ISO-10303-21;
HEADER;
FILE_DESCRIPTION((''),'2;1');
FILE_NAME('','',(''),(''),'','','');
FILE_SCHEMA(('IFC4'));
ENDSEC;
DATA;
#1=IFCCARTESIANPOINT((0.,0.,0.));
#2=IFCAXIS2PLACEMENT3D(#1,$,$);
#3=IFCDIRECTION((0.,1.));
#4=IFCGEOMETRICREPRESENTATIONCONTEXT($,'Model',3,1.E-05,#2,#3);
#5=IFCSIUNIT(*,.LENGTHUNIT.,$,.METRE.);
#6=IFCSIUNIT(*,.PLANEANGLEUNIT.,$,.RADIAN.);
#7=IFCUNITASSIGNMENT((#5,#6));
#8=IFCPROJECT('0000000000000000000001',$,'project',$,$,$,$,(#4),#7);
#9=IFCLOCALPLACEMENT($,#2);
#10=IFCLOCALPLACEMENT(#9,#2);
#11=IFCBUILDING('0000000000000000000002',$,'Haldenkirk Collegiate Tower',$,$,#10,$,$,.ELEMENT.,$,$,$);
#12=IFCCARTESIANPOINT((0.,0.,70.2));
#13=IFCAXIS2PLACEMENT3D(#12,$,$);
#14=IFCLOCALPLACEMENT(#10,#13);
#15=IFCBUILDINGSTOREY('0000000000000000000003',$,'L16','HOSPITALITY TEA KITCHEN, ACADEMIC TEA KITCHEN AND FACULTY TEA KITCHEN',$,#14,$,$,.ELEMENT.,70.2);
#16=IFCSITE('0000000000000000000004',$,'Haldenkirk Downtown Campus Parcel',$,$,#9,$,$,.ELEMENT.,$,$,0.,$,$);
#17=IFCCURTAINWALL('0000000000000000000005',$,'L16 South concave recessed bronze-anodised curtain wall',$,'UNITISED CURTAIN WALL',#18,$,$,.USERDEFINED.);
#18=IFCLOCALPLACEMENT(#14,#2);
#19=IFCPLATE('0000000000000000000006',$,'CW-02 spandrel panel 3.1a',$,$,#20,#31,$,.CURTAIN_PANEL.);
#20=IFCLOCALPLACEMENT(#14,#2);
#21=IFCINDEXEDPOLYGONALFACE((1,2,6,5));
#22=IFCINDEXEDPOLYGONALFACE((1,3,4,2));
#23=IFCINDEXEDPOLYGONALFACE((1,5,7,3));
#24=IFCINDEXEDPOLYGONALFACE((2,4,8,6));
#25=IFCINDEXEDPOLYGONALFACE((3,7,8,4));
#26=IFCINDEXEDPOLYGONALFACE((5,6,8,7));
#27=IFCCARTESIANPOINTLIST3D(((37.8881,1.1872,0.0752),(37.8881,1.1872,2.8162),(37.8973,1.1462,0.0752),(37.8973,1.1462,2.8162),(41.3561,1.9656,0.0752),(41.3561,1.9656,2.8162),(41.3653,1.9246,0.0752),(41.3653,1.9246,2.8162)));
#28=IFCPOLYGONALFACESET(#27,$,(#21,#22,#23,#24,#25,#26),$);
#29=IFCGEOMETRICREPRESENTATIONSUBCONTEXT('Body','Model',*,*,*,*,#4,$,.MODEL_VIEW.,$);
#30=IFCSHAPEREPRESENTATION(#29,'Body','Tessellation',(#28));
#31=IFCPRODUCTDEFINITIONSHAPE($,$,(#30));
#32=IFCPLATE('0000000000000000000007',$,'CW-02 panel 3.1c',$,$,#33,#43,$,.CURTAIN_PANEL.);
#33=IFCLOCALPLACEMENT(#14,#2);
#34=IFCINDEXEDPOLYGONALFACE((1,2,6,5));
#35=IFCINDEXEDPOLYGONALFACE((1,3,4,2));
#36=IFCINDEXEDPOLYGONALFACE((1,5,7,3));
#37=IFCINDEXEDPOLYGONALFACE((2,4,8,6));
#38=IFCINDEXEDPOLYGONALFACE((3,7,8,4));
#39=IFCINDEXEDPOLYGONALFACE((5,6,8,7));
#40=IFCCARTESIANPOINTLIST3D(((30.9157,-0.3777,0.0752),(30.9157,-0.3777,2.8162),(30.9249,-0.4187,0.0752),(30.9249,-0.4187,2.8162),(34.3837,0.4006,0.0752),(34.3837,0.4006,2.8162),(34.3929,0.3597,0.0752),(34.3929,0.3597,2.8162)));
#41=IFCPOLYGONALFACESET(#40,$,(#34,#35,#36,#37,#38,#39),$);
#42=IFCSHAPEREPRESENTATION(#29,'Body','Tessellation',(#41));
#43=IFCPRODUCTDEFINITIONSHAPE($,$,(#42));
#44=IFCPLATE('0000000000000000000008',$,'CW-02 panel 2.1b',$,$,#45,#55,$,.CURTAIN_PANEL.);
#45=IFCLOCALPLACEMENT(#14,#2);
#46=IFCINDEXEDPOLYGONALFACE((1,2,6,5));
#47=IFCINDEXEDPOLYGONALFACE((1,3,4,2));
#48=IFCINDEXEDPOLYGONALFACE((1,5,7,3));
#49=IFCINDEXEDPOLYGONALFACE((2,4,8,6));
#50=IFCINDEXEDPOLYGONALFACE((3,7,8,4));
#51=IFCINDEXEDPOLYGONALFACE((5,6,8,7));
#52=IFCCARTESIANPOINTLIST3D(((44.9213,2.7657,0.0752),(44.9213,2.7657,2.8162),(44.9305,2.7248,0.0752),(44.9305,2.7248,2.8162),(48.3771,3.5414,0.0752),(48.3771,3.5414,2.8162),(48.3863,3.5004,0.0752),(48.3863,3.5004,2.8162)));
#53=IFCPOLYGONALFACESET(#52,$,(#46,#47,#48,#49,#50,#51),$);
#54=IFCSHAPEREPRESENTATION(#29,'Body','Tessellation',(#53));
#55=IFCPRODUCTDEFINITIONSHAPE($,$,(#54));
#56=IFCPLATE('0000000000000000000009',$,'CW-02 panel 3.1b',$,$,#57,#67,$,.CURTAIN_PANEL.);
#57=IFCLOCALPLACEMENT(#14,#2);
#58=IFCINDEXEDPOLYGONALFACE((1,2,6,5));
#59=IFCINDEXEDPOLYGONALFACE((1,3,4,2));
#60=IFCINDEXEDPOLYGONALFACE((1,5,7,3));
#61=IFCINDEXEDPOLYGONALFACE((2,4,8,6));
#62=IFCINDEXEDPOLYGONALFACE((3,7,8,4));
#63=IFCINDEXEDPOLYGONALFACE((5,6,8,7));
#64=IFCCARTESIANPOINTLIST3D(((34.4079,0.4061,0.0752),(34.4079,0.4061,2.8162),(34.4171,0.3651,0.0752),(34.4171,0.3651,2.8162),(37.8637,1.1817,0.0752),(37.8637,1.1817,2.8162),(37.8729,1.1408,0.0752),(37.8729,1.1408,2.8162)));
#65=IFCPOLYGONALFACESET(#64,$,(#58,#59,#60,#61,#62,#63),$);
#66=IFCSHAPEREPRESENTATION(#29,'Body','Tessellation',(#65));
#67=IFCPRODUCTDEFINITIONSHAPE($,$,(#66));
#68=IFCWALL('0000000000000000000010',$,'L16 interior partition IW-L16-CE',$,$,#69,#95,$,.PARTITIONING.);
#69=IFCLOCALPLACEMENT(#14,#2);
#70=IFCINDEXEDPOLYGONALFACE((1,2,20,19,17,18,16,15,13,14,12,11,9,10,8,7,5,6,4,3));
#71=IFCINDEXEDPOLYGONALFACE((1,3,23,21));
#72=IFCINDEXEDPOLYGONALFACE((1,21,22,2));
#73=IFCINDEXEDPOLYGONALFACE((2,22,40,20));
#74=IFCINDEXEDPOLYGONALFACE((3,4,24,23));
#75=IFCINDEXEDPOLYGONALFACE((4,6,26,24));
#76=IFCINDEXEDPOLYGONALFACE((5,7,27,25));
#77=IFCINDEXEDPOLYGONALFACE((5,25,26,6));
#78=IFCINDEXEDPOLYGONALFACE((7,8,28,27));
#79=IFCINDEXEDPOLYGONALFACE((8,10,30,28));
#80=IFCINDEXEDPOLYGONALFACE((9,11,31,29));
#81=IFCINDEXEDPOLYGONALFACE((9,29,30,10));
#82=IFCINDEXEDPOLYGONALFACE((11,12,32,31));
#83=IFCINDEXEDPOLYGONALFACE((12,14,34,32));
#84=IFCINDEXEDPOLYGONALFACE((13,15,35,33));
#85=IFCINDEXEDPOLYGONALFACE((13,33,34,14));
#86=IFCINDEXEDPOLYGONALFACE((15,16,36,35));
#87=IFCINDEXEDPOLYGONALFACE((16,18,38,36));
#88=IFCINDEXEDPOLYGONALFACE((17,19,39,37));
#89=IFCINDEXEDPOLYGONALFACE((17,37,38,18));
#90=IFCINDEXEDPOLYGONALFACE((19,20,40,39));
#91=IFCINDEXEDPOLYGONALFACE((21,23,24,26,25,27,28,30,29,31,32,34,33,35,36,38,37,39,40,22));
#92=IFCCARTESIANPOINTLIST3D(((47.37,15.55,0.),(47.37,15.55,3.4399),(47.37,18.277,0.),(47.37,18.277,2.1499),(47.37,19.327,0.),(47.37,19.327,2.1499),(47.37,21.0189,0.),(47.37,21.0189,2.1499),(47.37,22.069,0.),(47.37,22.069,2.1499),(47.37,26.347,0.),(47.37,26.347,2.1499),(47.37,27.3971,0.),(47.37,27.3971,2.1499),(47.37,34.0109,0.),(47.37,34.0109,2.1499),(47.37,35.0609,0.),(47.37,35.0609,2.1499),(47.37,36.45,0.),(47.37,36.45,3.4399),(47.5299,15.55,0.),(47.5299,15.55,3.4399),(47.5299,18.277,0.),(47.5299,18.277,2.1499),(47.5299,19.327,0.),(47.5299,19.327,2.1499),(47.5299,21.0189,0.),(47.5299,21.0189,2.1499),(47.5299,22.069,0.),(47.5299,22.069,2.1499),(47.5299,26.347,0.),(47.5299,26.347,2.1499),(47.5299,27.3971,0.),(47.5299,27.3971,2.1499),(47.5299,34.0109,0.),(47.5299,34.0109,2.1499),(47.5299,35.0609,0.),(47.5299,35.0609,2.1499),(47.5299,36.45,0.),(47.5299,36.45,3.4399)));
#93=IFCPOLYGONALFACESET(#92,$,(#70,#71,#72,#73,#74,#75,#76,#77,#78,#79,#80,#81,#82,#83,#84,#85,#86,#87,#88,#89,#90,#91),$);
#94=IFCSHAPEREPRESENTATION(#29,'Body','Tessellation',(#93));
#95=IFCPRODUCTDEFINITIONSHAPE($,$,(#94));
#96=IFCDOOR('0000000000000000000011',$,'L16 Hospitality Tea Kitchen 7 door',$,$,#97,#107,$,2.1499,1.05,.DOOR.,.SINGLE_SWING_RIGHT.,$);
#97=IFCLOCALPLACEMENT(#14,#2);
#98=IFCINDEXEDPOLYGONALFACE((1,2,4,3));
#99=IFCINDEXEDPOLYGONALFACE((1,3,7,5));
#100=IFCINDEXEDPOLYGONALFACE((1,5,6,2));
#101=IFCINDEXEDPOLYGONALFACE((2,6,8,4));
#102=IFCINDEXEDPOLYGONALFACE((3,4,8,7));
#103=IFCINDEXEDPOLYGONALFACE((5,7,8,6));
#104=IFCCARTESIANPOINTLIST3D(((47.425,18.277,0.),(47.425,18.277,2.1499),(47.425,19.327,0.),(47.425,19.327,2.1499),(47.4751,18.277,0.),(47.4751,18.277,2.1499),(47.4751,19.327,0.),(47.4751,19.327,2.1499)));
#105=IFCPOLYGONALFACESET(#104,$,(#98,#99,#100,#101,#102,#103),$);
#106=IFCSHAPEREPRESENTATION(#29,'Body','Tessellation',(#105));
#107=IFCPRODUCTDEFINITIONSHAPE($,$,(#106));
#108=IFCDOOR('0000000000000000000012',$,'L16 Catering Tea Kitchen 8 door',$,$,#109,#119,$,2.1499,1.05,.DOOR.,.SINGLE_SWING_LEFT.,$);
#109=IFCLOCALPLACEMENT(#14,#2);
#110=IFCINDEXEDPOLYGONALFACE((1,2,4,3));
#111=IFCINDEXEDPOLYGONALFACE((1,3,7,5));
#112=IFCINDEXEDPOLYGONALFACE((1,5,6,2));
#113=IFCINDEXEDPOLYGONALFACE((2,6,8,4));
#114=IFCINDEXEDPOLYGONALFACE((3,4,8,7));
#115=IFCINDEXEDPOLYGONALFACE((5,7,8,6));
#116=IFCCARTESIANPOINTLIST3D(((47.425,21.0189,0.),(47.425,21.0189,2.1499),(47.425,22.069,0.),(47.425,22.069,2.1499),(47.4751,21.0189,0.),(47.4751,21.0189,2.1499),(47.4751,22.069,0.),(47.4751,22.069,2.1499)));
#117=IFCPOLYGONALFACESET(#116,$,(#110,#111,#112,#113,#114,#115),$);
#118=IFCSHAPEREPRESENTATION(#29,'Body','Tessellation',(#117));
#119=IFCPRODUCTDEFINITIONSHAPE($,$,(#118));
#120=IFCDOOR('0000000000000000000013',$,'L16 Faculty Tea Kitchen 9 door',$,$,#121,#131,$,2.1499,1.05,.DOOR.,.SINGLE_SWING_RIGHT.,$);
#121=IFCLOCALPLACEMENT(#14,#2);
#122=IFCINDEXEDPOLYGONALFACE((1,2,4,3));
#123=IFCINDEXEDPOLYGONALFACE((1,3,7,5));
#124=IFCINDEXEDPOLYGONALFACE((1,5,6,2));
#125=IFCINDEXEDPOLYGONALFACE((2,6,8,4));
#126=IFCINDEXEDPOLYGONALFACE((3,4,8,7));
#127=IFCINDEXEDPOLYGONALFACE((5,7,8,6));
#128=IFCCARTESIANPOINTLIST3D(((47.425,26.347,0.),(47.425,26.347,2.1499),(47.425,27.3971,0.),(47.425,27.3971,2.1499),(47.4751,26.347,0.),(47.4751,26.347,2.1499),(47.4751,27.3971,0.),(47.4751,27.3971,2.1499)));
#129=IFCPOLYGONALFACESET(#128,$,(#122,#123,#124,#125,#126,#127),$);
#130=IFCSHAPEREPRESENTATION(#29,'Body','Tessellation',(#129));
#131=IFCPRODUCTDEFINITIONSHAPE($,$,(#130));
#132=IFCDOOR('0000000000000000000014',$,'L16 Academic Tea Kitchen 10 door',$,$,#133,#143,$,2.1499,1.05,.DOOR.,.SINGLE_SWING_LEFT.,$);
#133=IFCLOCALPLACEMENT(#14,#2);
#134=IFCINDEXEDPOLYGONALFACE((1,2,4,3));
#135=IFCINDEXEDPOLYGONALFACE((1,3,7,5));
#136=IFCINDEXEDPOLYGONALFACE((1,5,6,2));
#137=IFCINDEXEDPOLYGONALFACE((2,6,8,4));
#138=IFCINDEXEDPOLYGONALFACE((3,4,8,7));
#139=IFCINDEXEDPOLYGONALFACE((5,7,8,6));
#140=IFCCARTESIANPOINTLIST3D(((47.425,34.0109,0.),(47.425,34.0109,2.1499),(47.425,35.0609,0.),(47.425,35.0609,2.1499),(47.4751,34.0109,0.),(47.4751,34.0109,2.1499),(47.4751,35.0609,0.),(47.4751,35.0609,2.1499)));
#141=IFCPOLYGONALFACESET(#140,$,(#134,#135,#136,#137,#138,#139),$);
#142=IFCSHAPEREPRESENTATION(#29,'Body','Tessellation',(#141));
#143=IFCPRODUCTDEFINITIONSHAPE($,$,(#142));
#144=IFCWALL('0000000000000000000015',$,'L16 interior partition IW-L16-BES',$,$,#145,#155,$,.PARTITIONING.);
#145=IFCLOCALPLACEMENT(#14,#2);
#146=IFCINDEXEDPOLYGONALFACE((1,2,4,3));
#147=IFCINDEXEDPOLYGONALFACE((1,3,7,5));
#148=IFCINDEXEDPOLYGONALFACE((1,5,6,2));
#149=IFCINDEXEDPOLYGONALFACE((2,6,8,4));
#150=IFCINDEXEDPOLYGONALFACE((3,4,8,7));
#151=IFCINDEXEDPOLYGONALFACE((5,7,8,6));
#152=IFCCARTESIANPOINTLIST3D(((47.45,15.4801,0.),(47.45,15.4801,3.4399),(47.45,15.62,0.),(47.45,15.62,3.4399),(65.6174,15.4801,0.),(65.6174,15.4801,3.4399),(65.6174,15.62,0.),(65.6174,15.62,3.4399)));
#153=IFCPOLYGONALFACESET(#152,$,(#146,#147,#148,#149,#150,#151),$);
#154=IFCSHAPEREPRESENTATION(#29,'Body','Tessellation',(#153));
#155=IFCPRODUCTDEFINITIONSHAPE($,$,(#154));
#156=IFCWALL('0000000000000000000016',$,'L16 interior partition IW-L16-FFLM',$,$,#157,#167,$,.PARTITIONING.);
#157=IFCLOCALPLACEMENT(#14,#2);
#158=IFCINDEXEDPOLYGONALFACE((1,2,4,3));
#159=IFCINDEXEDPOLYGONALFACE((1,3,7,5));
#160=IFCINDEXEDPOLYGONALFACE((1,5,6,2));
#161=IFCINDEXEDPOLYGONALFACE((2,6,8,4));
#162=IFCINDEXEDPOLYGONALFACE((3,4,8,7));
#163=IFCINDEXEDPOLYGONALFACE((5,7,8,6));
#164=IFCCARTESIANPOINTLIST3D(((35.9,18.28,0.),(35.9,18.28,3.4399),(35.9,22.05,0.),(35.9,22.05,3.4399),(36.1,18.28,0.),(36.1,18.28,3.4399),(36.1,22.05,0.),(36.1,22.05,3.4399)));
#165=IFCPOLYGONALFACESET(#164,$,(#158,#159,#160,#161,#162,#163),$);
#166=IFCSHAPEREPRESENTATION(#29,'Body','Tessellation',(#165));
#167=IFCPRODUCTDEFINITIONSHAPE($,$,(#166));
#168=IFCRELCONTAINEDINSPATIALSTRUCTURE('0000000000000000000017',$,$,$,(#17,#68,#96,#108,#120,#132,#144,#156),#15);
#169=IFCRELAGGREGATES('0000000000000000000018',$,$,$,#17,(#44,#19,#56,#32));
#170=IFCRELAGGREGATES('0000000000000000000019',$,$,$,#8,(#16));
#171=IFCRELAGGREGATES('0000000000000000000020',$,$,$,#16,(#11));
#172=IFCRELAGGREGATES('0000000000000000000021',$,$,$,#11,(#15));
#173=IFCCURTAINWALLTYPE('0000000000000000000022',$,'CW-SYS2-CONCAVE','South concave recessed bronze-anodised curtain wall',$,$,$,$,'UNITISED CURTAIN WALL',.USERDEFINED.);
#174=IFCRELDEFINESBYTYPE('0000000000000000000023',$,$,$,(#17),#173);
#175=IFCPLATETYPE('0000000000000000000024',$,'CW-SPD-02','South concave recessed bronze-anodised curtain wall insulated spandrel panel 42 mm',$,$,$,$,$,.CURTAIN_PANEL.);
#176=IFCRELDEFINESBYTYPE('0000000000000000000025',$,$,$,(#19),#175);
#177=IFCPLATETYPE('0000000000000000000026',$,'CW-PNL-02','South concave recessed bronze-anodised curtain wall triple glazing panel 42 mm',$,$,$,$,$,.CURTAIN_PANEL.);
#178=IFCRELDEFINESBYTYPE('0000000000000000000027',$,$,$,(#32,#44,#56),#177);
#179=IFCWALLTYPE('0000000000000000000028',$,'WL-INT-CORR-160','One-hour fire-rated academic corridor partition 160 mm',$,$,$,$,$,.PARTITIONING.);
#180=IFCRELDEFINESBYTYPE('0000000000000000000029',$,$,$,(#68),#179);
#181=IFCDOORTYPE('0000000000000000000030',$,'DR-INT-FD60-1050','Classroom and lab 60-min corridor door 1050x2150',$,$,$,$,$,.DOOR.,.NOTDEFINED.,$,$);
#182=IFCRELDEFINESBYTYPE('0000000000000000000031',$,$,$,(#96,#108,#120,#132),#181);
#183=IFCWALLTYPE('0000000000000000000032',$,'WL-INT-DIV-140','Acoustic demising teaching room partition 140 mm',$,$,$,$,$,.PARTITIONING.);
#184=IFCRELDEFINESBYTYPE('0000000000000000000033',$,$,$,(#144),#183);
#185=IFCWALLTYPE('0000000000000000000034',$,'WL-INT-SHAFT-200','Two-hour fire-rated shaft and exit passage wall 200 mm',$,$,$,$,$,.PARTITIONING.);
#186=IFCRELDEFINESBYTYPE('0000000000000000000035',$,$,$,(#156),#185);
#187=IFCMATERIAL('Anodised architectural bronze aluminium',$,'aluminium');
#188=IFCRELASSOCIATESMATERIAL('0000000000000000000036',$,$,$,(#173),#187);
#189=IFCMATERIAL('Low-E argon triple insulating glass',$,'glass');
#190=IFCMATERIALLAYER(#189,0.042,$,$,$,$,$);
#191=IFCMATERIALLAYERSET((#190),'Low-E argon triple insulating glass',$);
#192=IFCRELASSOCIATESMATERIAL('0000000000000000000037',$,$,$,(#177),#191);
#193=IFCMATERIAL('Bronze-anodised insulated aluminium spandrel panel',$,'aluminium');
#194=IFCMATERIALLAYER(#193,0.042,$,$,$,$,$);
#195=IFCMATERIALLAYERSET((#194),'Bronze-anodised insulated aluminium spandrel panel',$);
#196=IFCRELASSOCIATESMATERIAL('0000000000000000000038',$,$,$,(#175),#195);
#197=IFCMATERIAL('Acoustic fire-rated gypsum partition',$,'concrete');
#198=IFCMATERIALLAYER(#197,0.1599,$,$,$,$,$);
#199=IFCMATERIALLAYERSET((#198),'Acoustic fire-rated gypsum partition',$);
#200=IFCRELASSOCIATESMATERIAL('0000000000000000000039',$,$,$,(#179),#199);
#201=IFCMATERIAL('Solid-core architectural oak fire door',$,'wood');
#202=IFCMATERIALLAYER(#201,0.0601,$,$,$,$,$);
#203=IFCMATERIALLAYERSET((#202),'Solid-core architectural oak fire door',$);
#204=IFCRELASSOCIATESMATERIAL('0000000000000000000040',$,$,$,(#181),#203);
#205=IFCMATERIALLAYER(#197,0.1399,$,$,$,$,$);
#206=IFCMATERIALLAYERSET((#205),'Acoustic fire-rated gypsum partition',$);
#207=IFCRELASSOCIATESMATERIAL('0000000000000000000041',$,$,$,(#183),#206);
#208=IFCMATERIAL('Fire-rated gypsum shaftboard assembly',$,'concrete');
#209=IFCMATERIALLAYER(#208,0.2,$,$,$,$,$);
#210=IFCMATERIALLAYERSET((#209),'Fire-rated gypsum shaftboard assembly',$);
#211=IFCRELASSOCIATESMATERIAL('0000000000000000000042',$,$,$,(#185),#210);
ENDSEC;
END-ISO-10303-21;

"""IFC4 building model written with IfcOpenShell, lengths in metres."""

from ifc_helpers import new_model, si_unit, direction, frame, frame_2d, origin, origin_2d, place, context, subcontext, project, spatial, rectangle, extrude, source, transform, mapped, material, layer, layer_set, type_object, element, fill, aggregate, save


model = new_model("IFC4")

# Units and contexts
model_context = context("Model", 3, precision=1e-05, world=origin(), true_north=direction((0.0, 1.0)))
body_context = subcontext(model_context, "Body", "Model", "MODEL_VIEW")
ifc_project = project(units=[si_unit("LENGTHUNIT", "METRE"), si_unit("PLANEANGLEUNIT", "RADIAN")], contexts=[model_context])

# Site, building, storey
site_placement = place(None, origin())
site = spatial("IfcSite", under=ifc_project, at=site_placement, Name="Haldenkirk Downtown Campus Parcel", CompositionType="ELEMENT", RefElevation=0.0)
building_placement = place(site_placement, origin())
building = spatial("IfcBuilding", under=site, at=building_placement, Name="Haldenkirk Collegiate Tower", CompositionType="ELEMENT")
storey_placement = place(building_placement, frame((0.0, 0.0, 70.2)))
storey = spatial("IfcBuildingStorey", under=building, at=storey_placement, Name="L16", Description="HOSPITALITY TEA KITCHEN, ACADEMIC TEA KITCHEN AND FACULTY TEA KITCHEN", CompositionType="ELEMENT", Elevation=70.2)

# Curtain wall
ifc_material_1 = material(Name="Anodised architectural bronze aluminium", Category="aluminium")
curtain_wall_type = type_object("IfcCurtainWallType", Name="CW-SYS2-CONCAVE", Description="South concave recessed bronze-anodised curtain wall", ElementType="UNITISED CURTAIN WALL", PredefinedType="USERDEFINED", material=ifc_material_1)
curtain_wall_placement = place(storey_placement, origin())
curtain_wall = element("IfcCurtainWall", 1, at=curtain_wall_placement, inside=storey, type_object=curtain_wall_type, Name="L16 South concave recessed bronze-anodised curtain wall", ObjectType="UNITISED CURTAIN WALL", PredefinedType="USERDEFINED")

# Plates
ifc_material_2 = material(Name="Low-E argon triple insulating glass", Category="glass")
ifc_layer_1 = layer(ifc_material_2, 0.042)
ifc_layer_set_1 = layer_set([ifc_layer_1], Name="Low-E argon triple insulating glass")
plate_type_1 = type_object("IfcPlateType", Name="CW-PNL-02", Description="South concave recessed bronze-anodised curtain wall triple glazing panel 42 mm", PredefinedType="CURTAIN_PANEL", material=ifc_layer_set_1)
shared_shape_1 = source(origin(), body_context, "Body", "SweptSolid", [
    extrude(rectangle(XDim=3.5542, YDim=0.042, at=origin_2d()), origin(), (0.0, 0.0, 1.0), 2.741),
])
ifc_material_3 = material(Name="Bronze-anodised insulated aluminium spandrel panel", Category="aluminium")
ifc_layer_2 = layer(ifc_material_3, 0.042)
ifc_layer_set_2 = layer_set([ifc_layer_2], Name="Bronze-anodised insulated aluminium spandrel panel")
plate_type_2 = type_object("IfcPlateType", Name="CW-SPD-02", Description="South concave recessed bronze-anodised curtain wall insulated spandrel panel 42 mm", PredefinedType="CURTAIN_PANEL", material=ifc_layer_set_2)
plate_1_placement = place(storey_placement, frame((39.6267, 1.5559, 0.0752), z_axis=(0.0, 0.0, 1.0), x_axis=(-0.975726, -0.218994, 0.0)))
plate_1 = element("IfcPlate", 2, at=plate_1_placement, type_object=plate_type_2, Name="CW-02 spandrel panel 3.1a", PredefinedType="CURTAIN_PANEL", context=body_context, shape_type="MappedRepresentation", body=[
    mapped(shared_shape_1, transform((0.0, 0.0, 0.0), x_axis=(1.0, 0.0, 0.0), y_axis=(0.0, 1.0, 0.0), z_axis=(0.0, 0.0, 1.0), scale=1.0)),
])
plate_2_placement = place(storey_placement, frame((32.6543, -0.009, 0.0752), z_axis=(0.0, 0.0, 1.0), x_axis=(-0.975726, -0.218994, 0.0)))
plate_2 = element("IfcPlate", 3, at=plate_2_placement, type_object=plate_type_1, Name="CW-02 panel 3.1c", PredefinedType="CURTAIN_PANEL", context=body_context, shape_type="MappedRepresentation", body=[
    mapped(shared_shape_1, transform((0.0, 0.0, 0.0), x_axis=(1.0, 0.0, 0.0), y_axis=(0.0, 1.0, 0.0), z_axis=(0.0, 0.0, 1.0), scale=1.0)),
])
shared_shape_2 = source(origin(), body_context, "Body", "SweptSolid", [
    extrude(rectangle(XDim=3.5417, YDim=0.042, at=origin_2d()), origin(), (0.0, 0.0, 1.0), 2.741),
])
plate_3_placement = place(storey_placement, frame((46.6538, 3.1331, 0.0752), z_axis=(0.0, 0.0, 1.0), x_axis=(-0.975726, -0.218994, 0.0)))
plate_3 = element("IfcPlate", 4, at=plate_3_placement, type_object=plate_type_1, Name="CW-02 panel 2.1b", PredefinedType="CURTAIN_PANEL", context=body_context, shape_type="MappedRepresentation", body=[
    mapped(shared_shape_2, transform((0.0, 0.0, 0.0), x_axis=(1.0, 0.0, 0.0), y_axis=(0.0, 1.0, 0.0), z_axis=(0.0, 0.0, 1.0), scale=1.0)),
])
plate_4_placement = place(storey_placement, frame((36.1404, 0.7734, 0.0752), z_axis=(0.0, 0.0, 1.0), x_axis=(-0.975726, -0.218994, 0.0)))
plate_4 = element("IfcPlate", 5, at=plate_4_placement, type_object=plate_type_1, Name="CW-02 panel 3.1b", PredefinedType="CURTAIN_PANEL", context=body_context, shape_type="MappedRepresentation", body=[
    mapped(shared_shape_2, transform((0.0, 0.0, 0.0), x_axis=(1.0, 0.0, 0.0), y_axis=(0.0, 1.0, 0.0), z_axis=(0.0, 0.0, 1.0), scale=1.0)),
])
aggregate(curtain_wall, [plate_3, plate_1, plate_4, plate_2])

# Wall, openings, doors
ifc_material_4 = material(Name="Acoustic fire-rated gypsum partition", Category="concrete")
ifc_layer_3 = layer(ifc_material_4, 0.1599)
ifc_layer_set_3 = layer_set([ifc_layer_3], Name="Acoustic fire-rated gypsum partition")
wall_type_1 = type_object("IfcWallType", Name="WL-INT-CORR-160", Description="One-hour fire-rated academic corridor partition 160 mm", PredefinedType="PARTITIONING", material=ifc_layer_set_3)
wall_1_placement = place(storey_placement, frame((47.45, 15.55, 0.0), z_axis=(0.0, 0.0, 1.0), x_axis=(0.0, 1.0, 0.0)))
wall_1 = element("IfcWall", 6, at=wall_1_placement, inside=storey, type_object=wall_type_1, Name="L16 interior partition IW-L16-CE", PredefinedType="PARTITIONING", context=body_context, shape_type="SweptSolid", body=[
    extrude(rectangle(XDim=20.8999, YDim=0.1599, at=frame_2d((10.45, 0.0))), origin(), (0.0, 0.0, 1.0), 3.4399),
])
opening_1_placement = place(wall_1_placement, frame((2.7271, 0.0, 0.0)))
opening_1 = element("IfcOpeningElement", 7, at=opening_1_placement, cuts=wall_1, PredefinedType="OPENING", context=body_context, shape_type="SweptSolid", body=[
    extrude(rectangle(XDim=1.05, YDim=2.1499, at=frame_2d((0.5249, 1.075))), frame((0.0, 0.0898, 0.0), z_axis=(0.0, -1.0, 0.0), x_axis=(1.0, 0.0, 0.0)), (0.0, 0.0, 1.0), 0.1799),
])
opening_2_placement = place(wall_1_placement, frame((5.469, 0.0, 0.0)))
opening_2 = element("IfcOpeningElement", 8, at=opening_2_placement, cuts=wall_1, PredefinedType="OPENING", context=body_context, shape_type="SweptSolid", body=[
    extrude(rectangle(XDim=1.05, YDim=2.1499, at=frame_2d((0.5249, 1.075))), frame((0.0, 0.0898, 0.0), z_axis=(0.0, -1.0, 0.0), x_axis=(1.0, 0.0, 0.0)), (0.0, 0.0, 1.0), 0.1799),
])
opening_3_placement = place(wall_1_placement, frame((10.7971, 0.0, 0.0)))
opening_3 = element("IfcOpeningElement", 9, at=opening_3_placement, cuts=wall_1, PredefinedType="OPENING", context=body_context, shape_type="SweptSolid", body=[
    extrude(rectangle(XDim=1.05, YDim=2.1499, at=frame_2d((0.5249, 1.075))), frame((0.0, 0.0898, 0.0), z_axis=(0.0, -1.0, 0.0), x_axis=(1.0, 0.0, 0.0)), (0.0, 0.0, 1.0), 0.1799),
])
opening_4_placement = place(wall_1_placement, frame((18.4609, 0.0, 0.0)))
opening_4 = element("IfcOpeningElement", 10, at=opening_4_placement, cuts=wall_1, PredefinedType="OPENING", context=body_context, shape_type="SweptSolid", body=[
    extrude(rectangle(XDim=1.05, YDim=2.1499, at=frame_2d((0.5249, 1.075))), frame((0.0, 0.0898, 0.0), z_axis=(0.0, -1.0, 0.0), x_axis=(1.0, 0.0, 0.0)), (0.0, 0.0, 1.0), 0.1799),
])
ifc_material_5 = material(Name="Solid-core architectural oak fire door", Category="wood")
ifc_layer_4 = layer(ifc_material_5, 0.0601)
ifc_layer_set_4 = layer_set([ifc_layer_4], Name="Solid-core architectural oak fire door")
door_type_1 = type_object("IfcDoorType", Name="DR-INT-FD60-1050", Description="Classroom and lab 60-min corridor door 1050x2150", OperationType="NOTDEFINED", PredefinedType="DOOR", material=ifc_layer_set_4)
door_1_placement = place(opening_1_placement, origin())
door_1 = element("IfcDoor", 11, at=door_1_placement, inside=storey, type_object=door_type_1, Name="L16 Hospitality Tea Kitchen 7 door", OperationType="SINGLE_SWING_RIGHT", OverallHeight=2.1499, OverallWidth=1.05, PredefinedType="DOOR", context=body_context, shape_type="SweptSolid", body=[
    extrude(rectangle(XDim=1.05, YDim=2.1499, at=frame_2d((0.5249, 1.075))), frame((0.0, 0.0249, 0.0), z_axis=(0.0, -1.0, 0.0), x_axis=(1.0, 0.0, 0.0)), (0.0, 0.0, 1.0), 0.05),
])
fill(opening_1, door_1)
door_2_placement = place(opening_2_placement, origin())
door_2 = element("IfcDoor", 12, at=door_2_placement, inside=storey, type_object=door_type_1, Name="L16 Catering Tea Kitchen 8 door", OperationType="SINGLE_SWING_LEFT", OverallHeight=2.1499, OverallWidth=1.05, PredefinedType="DOOR", context=body_context, shape_type="SweptSolid", body=[
    extrude(rectangle(XDim=1.05, YDim=2.1499, at=frame_2d((0.5249, 1.075))), frame((0.0, 0.0249, 0.0), z_axis=(0.0, -1.0, 0.0), x_axis=(1.0, 0.0, 0.0)), (0.0, 0.0, 1.0), 0.05),
])
fill(opening_2, door_2)
door_3_placement = place(opening_3_placement, origin())
door_3 = element("IfcDoor", 13, at=door_3_placement, inside=storey, type_object=door_type_1, Name="L16 Faculty Tea Kitchen 9 door", OperationType="SINGLE_SWING_RIGHT", OverallHeight=2.1499, OverallWidth=1.05, PredefinedType="DOOR", context=body_context, shape_type="SweptSolid", body=[
    extrude(rectangle(XDim=1.05, YDim=2.1499, at=frame_2d((0.5249, 1.075))), frame((0.0, 0.0249, 0.0), z_axis=(0.0, -1.0, 0.0), x_axis=(1.0, 0.0, 0.0)), (0.0, 0.0, 1.0), 0.05),
])
fill(opening_3, door_3)
door_4_placement = place(opening_4_placement, origin())
door_4 = element("IfcDoor", 14, at=door_4_placement, inside=storey, type_object=door_type_1, Name="L16 Academic Tea Kitchen 10 door", OperationType="SINGLE_SWING_LEFT", OverallHeight=2.1499, OverallWidth=1.05, PredefinedType="DOOR", context=body_context, shape_type="SweptSolid", body=[
    extrude(rectangle(XDim=1.05, YDim=2.1499, at=frame_2d((0.5249, 1.075))), frame((0.0, 0.0249, 0.0), z_axis=(0.0, -1.0, 0.0), x_axis=(1.0, 0.0, 0.0)), (0.0, 0.0, 1.0), 0.05),
])
fill(opening_4, door_4)

# Walls
ifc_layer_5 = layer(ifc_material_4, 0.1399)
ifc_layer_set_5 = layer_set([ifc_layer_5], Name="Acoustic fire-rated gypsum partition")
wall_type_2 = type_object("IfcWallType", Name="WL-INT-DIV-140", Description="Acoustic demising teaching room partition 140 mm", PredefinedType="PARTITIONING", material=ifc_layer_set_5)
wall_2_placement = place(storey_placement, frame((47.45, 15.55, 0.0), z_axis=(0.0, 0.0, 1.0), x_axis=(1.0, 0.0, 0.0)))
element("IfcWall", 15, at=wall_2_placement, inside=storey, type_object=wall_type_2, Name="L16 interior partition IW-L16-BES", PredefinedType="PARTITIONING", context=body_context, shape_type="SweptSolid", body=[
    extrude(rectangle(XDim=18.1675, YDim=0.1399, at=frame_2d((9.0837, 0.0))), origin(), (0.0, 0.0, 1.0), 3.4399),
])
ifc_material_6 = material(Name="Fire-rated gypsum shaftboard assembly", Category="concrete")
ifc_layer_6 = layer(ifc_material_6, 0.2)
ifc_layer_set_6 = layer_set([ifc_layer_6], Name="Fire-rated gypsum shaftboard assembly")
wall_type_3 = type_object("IfcWallType", Name="WL-INT-SHAFT-200", Description="Two-hour fire-rated shaft and exit passage wall 200 mm", PredefinedType="PARTITIONING", material=ifc_layer_set_6)
wall_3_placement = place(storey_placement, frame((36.0, 18.28, 0.0), z_axis=(0.0, 0.0, 1.0), x_axis=(0.0, 1.0, 0.0)))
element("IfcWall", 16, at=wall_3_placement, inside=storey, type_object=wall_type_3, Name="L16 interior partition IW-L16-FFLM", PredefinedType="PARTITIONING", context=body_context, shape_type="SweptSolid", body=[
    extrude(rectangle(XDim=3.77, YDim=0.2, at=frame_2d((1.885, 0.0))), origin(), (0.0, 0.0, 1.0), 3.4399),
])

save(model, "model.ifc")
